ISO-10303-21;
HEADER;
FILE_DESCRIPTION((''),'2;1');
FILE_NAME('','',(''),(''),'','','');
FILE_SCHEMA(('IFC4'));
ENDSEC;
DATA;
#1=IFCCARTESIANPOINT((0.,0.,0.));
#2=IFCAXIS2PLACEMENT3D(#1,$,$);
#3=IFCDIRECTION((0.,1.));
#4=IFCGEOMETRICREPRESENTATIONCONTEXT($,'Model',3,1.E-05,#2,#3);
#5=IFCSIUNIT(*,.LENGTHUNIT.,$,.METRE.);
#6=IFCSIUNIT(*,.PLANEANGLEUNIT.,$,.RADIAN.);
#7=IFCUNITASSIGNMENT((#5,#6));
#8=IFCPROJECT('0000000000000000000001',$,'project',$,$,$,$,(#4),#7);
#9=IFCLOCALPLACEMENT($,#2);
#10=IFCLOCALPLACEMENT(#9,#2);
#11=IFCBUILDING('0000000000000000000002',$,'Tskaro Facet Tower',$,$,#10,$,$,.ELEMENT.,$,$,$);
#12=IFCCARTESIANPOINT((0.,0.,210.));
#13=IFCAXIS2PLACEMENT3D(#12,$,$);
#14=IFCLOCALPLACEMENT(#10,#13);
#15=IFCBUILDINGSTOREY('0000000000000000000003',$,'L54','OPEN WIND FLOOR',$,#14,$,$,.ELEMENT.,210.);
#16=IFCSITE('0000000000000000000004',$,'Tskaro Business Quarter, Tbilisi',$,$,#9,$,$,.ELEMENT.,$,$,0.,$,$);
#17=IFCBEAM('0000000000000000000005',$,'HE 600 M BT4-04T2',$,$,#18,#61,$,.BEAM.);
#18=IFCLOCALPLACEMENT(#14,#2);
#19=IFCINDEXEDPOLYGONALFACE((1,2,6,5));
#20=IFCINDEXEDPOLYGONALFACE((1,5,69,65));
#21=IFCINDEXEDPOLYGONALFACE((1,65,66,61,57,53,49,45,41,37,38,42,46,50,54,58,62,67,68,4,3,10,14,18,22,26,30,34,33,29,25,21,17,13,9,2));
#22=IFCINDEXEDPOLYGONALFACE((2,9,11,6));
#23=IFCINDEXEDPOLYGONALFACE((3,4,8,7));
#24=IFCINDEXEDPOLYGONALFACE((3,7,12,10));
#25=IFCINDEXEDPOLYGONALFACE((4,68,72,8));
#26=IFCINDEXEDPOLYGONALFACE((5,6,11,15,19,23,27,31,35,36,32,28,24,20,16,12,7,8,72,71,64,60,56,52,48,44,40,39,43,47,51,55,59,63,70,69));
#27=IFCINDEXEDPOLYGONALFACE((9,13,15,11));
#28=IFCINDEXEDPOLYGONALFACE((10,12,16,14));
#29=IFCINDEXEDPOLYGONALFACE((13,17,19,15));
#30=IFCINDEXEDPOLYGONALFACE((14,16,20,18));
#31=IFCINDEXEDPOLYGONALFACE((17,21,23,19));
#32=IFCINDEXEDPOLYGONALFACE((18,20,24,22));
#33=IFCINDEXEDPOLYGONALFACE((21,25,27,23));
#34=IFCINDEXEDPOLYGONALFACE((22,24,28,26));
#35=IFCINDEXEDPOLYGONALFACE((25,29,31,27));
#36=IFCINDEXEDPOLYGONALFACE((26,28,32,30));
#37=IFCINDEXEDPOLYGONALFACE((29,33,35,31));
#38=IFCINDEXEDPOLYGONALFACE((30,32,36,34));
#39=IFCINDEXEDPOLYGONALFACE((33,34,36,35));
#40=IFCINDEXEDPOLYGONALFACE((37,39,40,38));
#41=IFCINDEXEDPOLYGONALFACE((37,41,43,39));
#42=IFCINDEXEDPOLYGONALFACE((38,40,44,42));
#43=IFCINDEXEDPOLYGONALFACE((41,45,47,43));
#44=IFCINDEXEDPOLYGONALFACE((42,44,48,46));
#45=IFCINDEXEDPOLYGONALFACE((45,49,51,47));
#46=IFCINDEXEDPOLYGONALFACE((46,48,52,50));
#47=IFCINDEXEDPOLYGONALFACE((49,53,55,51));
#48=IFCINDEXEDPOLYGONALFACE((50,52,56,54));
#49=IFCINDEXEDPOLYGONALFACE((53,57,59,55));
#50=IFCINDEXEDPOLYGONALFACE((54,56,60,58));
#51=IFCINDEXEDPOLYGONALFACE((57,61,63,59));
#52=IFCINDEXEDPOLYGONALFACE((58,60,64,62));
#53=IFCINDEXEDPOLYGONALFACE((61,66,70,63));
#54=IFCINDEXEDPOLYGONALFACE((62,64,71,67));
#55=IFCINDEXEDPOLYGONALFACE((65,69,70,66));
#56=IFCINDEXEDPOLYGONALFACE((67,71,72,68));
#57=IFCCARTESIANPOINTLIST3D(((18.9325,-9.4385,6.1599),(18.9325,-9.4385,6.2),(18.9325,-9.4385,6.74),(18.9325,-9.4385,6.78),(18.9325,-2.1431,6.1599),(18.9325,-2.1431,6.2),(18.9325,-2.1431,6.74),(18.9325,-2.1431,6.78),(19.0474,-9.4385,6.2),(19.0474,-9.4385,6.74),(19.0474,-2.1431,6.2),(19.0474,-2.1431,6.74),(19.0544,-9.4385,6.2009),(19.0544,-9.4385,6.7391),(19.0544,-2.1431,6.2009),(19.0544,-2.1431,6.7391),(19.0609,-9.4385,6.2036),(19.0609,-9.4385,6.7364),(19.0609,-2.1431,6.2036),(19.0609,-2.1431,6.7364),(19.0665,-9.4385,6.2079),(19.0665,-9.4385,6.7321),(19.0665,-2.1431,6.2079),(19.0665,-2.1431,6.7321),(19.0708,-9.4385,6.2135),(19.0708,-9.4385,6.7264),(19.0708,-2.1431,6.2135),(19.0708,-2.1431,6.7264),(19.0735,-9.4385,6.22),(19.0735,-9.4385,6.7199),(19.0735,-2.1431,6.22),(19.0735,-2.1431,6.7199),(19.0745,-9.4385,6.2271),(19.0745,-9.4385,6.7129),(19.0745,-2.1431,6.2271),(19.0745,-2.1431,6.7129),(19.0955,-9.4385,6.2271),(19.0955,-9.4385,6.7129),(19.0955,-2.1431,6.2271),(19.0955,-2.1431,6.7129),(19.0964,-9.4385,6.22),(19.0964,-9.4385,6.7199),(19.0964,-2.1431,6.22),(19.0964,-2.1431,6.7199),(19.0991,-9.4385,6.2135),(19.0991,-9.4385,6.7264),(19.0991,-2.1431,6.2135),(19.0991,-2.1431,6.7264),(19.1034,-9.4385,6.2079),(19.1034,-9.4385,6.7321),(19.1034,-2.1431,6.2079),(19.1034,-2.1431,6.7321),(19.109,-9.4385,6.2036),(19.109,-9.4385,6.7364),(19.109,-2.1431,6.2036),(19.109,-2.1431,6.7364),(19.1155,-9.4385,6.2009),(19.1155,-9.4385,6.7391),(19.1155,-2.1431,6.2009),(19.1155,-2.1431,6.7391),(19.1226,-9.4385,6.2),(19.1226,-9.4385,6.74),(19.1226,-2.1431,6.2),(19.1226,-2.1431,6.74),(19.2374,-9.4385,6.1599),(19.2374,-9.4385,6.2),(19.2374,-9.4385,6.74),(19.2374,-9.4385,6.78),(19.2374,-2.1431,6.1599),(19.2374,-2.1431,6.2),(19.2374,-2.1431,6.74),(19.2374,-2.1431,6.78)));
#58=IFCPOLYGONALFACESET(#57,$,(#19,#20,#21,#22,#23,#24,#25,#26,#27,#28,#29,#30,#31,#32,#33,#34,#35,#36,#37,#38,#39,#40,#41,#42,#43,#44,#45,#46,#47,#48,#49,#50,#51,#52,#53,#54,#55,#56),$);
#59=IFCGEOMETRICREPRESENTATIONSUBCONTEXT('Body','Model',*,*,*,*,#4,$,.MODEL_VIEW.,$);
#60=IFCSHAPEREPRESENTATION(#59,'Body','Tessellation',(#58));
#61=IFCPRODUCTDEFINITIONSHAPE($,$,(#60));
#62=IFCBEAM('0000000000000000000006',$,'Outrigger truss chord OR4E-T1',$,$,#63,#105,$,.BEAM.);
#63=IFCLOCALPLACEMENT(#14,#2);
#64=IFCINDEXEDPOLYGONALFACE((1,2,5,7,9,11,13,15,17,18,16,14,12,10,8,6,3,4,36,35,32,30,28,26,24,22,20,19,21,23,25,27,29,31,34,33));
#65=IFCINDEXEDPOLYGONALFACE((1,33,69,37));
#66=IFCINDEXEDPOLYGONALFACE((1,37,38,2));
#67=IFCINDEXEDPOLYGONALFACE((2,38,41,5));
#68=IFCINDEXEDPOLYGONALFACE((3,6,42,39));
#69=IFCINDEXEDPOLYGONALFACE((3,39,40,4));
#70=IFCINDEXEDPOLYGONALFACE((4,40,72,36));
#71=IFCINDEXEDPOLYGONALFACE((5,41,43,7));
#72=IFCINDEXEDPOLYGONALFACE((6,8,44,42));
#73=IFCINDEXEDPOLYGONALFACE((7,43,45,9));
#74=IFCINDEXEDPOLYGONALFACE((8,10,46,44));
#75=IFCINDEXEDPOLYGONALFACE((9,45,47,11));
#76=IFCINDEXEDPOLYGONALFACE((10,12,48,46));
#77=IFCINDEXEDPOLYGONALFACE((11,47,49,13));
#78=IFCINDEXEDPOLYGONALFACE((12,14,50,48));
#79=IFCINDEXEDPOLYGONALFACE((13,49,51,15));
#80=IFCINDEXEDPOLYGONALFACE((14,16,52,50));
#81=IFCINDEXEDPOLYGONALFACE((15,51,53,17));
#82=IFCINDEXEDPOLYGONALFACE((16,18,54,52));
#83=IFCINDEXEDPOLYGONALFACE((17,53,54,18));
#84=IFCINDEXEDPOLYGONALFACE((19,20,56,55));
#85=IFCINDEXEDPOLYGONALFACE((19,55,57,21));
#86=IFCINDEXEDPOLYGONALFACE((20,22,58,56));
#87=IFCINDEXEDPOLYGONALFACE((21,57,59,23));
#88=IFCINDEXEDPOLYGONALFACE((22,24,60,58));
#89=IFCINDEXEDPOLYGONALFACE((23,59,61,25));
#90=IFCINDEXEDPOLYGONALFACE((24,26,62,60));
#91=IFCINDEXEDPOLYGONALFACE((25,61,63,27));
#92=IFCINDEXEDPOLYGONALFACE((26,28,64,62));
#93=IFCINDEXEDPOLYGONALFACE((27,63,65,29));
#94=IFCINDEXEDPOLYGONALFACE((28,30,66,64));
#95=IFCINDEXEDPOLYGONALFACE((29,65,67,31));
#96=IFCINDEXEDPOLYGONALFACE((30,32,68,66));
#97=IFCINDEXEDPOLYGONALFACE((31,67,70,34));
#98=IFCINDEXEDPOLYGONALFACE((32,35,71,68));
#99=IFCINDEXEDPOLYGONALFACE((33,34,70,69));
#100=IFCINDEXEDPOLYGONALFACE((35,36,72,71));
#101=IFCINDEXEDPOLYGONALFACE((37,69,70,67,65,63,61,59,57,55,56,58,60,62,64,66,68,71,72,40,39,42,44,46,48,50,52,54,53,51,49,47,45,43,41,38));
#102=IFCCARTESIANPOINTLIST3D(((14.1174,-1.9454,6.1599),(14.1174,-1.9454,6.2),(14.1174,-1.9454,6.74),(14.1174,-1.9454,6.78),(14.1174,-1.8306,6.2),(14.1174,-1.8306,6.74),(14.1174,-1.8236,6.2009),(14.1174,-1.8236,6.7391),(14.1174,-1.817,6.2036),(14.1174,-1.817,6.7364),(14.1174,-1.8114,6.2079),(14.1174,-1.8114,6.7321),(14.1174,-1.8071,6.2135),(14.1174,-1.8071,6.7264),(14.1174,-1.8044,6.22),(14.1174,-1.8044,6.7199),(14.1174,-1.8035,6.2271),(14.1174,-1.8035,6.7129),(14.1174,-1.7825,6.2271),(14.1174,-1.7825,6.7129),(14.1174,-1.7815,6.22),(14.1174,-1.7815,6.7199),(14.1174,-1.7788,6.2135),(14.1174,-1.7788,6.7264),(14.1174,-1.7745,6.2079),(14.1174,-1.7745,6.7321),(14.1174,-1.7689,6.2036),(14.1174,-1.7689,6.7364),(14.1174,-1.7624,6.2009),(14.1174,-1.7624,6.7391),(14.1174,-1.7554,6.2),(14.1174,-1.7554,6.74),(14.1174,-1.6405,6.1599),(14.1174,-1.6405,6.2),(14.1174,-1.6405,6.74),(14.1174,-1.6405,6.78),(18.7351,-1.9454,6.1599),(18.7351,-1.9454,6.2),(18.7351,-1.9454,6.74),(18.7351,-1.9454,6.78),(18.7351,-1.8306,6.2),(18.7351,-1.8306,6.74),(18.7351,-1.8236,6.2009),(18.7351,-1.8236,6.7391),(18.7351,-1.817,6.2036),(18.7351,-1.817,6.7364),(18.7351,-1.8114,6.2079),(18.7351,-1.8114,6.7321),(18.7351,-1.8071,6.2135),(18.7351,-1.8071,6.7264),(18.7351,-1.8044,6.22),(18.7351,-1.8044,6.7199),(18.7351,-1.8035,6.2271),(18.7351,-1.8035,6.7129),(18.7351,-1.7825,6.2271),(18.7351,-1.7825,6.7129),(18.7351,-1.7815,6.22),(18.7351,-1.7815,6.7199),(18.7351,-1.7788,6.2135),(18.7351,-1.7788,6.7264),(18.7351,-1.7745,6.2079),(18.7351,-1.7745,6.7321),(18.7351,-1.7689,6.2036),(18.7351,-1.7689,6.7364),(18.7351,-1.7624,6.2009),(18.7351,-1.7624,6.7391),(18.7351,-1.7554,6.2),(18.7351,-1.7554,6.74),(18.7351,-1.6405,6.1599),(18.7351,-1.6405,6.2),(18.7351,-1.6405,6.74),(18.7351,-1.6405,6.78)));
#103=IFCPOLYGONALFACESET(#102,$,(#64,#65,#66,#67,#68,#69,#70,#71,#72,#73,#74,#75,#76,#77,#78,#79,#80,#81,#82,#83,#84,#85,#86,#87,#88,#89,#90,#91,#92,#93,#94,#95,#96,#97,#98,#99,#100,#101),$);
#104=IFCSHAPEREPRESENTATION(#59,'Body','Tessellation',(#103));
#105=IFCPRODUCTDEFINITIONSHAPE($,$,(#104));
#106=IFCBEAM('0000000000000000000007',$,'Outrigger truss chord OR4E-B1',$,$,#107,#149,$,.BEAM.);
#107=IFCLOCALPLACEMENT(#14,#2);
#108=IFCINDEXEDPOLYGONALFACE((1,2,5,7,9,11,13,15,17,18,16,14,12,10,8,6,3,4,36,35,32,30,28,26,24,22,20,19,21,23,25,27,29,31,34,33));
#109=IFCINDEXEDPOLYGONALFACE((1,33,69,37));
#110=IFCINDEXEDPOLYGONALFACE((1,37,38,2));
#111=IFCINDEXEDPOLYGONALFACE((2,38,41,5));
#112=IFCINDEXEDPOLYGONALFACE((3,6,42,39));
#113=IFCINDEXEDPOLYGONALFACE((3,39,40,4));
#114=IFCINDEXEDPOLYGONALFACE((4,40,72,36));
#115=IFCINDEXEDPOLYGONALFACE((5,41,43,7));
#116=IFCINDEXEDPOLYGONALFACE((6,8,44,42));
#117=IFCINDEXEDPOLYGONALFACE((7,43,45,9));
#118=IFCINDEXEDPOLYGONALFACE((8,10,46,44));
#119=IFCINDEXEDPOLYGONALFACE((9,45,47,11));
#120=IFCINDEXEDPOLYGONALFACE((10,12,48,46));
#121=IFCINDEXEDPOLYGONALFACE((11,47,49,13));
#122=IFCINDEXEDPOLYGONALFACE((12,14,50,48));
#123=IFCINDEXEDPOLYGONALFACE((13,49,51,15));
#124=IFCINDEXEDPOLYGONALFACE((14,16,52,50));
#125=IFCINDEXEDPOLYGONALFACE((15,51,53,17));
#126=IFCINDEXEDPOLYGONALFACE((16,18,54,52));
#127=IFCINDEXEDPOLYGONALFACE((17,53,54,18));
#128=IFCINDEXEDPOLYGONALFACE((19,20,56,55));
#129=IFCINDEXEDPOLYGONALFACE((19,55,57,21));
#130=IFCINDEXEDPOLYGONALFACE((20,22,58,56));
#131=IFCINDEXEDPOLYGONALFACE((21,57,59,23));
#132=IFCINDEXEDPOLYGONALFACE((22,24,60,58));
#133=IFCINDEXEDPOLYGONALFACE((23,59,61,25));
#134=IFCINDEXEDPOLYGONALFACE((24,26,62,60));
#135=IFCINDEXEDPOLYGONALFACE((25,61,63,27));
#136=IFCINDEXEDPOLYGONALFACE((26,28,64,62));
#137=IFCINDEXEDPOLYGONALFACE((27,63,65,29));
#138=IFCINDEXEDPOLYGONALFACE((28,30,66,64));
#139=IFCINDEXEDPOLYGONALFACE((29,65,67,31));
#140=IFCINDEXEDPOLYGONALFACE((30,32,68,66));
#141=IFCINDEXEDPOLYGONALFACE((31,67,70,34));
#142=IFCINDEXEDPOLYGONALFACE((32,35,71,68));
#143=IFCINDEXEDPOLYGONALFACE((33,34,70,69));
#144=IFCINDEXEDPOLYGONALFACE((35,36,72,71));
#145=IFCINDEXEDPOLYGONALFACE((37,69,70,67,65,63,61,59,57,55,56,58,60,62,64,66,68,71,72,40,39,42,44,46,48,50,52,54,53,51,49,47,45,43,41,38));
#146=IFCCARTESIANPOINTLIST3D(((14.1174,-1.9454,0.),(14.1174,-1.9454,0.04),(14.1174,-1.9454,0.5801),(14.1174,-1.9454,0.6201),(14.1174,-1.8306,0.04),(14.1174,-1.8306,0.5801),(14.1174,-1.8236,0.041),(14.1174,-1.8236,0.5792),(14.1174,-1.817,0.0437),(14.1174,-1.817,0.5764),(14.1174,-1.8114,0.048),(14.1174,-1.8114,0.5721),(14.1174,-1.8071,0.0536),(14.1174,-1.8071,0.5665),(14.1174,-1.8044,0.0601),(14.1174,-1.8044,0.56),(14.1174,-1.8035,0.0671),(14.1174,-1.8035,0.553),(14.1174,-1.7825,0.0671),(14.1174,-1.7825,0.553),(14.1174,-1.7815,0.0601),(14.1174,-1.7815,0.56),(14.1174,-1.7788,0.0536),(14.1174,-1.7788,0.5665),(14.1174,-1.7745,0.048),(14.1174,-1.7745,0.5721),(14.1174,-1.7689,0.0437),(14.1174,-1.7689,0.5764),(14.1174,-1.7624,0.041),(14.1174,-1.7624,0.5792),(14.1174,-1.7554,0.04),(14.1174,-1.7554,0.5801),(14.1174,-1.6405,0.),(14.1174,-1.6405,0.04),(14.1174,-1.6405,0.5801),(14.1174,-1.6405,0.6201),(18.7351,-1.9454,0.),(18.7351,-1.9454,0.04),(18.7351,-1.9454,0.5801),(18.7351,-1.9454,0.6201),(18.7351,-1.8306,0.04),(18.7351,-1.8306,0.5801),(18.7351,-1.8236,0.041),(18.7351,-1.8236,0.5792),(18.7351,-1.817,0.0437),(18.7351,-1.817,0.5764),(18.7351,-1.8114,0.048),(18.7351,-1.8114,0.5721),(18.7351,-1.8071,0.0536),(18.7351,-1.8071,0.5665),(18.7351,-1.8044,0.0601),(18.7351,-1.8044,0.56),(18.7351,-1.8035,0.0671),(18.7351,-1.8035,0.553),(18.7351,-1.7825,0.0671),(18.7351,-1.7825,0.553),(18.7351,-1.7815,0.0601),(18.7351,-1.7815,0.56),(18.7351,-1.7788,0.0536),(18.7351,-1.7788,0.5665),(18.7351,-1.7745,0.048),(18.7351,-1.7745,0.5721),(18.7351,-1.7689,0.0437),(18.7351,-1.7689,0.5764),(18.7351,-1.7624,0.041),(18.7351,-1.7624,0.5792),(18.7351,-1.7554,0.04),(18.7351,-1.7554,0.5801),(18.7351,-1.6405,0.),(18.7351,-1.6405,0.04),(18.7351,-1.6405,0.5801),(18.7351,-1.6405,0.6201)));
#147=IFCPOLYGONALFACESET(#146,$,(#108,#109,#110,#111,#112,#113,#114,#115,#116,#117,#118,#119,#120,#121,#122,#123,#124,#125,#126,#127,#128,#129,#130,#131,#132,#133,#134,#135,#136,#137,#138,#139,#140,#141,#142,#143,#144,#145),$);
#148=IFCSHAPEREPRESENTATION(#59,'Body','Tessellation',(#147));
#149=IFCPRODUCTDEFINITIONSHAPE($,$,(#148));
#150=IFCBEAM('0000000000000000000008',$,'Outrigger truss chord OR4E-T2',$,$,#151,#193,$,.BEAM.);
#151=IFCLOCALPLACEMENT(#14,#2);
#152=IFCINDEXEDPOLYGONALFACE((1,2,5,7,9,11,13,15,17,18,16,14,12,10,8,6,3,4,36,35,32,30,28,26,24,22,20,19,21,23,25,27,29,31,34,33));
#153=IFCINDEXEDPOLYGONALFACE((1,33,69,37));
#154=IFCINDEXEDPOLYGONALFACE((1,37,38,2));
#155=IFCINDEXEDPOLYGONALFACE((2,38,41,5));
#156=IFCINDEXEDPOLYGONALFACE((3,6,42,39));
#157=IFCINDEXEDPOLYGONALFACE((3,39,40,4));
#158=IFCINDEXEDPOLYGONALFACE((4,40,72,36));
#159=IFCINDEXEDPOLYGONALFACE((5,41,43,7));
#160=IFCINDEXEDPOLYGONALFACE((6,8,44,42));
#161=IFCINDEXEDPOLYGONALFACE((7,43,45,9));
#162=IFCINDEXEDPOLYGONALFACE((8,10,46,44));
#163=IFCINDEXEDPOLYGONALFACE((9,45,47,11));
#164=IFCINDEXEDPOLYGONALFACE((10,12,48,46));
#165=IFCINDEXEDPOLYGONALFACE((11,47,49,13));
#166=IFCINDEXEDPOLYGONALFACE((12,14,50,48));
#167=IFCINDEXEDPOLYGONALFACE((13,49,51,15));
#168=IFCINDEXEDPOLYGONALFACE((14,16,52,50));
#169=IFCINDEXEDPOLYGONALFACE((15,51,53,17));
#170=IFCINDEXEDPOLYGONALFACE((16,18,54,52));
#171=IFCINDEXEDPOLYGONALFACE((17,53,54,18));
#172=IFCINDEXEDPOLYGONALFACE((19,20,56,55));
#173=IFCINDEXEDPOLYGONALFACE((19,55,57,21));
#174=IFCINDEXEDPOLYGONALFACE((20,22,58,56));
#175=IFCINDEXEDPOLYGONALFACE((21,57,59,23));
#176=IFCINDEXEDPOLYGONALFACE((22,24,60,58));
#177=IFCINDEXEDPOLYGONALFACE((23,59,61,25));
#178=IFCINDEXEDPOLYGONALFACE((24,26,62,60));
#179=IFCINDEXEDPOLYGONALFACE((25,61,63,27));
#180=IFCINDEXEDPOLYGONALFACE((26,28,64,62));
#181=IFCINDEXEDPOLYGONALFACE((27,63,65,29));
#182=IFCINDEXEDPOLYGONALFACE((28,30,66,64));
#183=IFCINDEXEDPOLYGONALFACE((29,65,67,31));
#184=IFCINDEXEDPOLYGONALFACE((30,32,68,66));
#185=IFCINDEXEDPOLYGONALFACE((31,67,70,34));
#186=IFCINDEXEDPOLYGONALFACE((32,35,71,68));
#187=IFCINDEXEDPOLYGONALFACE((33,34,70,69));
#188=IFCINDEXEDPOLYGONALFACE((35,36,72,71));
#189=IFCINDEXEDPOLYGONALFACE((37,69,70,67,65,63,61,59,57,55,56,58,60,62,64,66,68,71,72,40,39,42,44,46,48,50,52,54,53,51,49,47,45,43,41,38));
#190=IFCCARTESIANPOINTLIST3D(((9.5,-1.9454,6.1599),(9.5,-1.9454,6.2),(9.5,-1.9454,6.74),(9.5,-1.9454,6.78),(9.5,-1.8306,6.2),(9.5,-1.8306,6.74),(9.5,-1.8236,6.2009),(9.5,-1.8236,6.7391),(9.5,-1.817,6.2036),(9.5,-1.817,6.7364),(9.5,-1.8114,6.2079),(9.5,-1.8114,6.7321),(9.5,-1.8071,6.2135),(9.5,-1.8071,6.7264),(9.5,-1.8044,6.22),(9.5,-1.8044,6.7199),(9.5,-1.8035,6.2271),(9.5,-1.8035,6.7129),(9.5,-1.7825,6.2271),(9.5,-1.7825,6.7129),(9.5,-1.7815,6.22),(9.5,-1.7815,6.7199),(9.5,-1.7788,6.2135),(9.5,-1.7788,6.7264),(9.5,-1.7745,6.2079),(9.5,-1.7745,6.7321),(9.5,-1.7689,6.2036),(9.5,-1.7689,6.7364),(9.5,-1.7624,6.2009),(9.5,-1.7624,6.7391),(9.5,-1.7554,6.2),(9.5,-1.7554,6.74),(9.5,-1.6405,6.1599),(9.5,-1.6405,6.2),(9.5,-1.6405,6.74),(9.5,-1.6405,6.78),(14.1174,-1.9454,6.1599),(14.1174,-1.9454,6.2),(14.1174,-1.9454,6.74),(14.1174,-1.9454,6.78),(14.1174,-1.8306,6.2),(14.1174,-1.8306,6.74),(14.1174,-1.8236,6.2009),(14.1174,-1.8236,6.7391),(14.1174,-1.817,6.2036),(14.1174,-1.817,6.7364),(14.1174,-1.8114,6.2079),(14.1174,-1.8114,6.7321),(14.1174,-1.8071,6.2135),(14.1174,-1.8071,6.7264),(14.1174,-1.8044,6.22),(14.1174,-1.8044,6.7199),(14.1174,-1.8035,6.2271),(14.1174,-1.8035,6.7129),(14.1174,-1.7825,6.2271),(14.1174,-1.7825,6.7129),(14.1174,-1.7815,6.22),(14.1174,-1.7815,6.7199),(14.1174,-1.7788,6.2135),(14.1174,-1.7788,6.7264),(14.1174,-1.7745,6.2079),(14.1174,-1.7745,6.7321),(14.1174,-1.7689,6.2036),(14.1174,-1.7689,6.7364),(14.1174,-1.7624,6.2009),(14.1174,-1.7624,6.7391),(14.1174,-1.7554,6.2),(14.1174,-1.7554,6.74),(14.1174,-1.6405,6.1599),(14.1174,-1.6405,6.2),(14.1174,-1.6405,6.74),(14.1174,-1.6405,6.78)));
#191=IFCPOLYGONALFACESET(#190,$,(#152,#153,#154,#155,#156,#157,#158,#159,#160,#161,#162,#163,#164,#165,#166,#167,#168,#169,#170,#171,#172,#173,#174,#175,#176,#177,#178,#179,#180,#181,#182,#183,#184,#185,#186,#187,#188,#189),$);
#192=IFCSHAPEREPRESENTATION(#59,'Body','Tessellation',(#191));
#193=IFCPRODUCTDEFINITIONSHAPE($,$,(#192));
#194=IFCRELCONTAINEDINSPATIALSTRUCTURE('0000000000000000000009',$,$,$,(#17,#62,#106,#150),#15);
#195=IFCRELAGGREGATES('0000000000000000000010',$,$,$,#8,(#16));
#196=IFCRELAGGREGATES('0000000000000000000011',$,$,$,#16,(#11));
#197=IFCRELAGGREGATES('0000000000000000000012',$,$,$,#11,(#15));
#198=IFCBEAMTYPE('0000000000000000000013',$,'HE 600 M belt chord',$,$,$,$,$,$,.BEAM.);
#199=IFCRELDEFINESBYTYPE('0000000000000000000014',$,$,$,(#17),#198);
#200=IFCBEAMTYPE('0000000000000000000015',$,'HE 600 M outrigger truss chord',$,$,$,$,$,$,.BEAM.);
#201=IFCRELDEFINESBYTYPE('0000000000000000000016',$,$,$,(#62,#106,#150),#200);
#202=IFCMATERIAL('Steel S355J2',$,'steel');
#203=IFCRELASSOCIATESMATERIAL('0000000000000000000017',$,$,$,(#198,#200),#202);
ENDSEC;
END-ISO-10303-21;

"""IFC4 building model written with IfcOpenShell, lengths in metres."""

from ifc_helpers import new_model, si_unit, direction, frame, origin, origin_2d, place, context, subcontext, project, spatial, i_section, extrude, material, material_profile, profile_set, type_object, element, save


model = new_model("IFC4")

# Units and contexts
model_context = context("Model", 3, precision=1e-05, world=origin(), true_north=direction((0.0, 1.0)))
body_context = subcontext(model_context, "Body", "Model", "MODEL_VIEW")
ifc_project = project(units=[si_unit("LENGTHUNIT", "METRE"), si_unit("PLANEANGLEUNIT", "RADIAN")], contexts=[model_context])

# Site, building, storey
site_placement = place(None, origin())
site = spatial("IfcSite", under=ifc_project, at=site_placement, Name="Tskaro Business Quarter, Tbilisi", CompositionType="ELEMENT", RefElevation=0.0)
building_placement = place(site_placement, origin())
building = spatial("IfcBuilding", under=site, at=building_placement, Name="Tskaro Facet Tower", CompositionType="ELEMENT")
storey_placement = place(building_placement, frame((0.0, 0.0, 210.0)))
storey = spatial("IfcBuildingStorey", under=building, at=storey_placement, Name="L54", Description="OPEN WIND FLOOR", CompositionType="ELEMENT", Elevation=210.0)

# Shared definitions
ifc_material_1 = material(Name="Steel S355J2", Category="steel")

# Beams
ifc_material_profile_1 = material_profile(ifc_material_1, i_section(OverallWidth=0.3049, OverallDepth=0.6201, WebThickness=0.021, FlangeThickness=0.04, FilletRadius=0.0271, at=origin_2d()), Name="HE 600 M")
ifc_profile_set_1 = profile_set([ifc_material_profile_1], Name="Steel S355J2")
beam_type_1 = type_object("IfcBeamType", Name="HE 600 M belt chord", PredefinedType="BEAM", material=ifc_profile_set_1)
beam_1_placement = place(storey_placement, frame((19.085, -9.4385, 6.47), z_axis=(0.0, 1.0, 0.0), x_axis=(-1.0, 0.0, 0.0)))
element("IfcBeam", 1, at=beam_1_placement, inside=storey, type_object=beam_type_1, Name="HE 600 M BT4-04T2", PredefinedType="BEAM", context=body_context, shape_type="SweptSolid", body=[
    extrude(i_section(OverallWidth=0.3049, OverallDepth=0.6201, WebThickness=0.021, FlangeThickness=0.04, FilletRadius=0.0271, at=origin_2d()), origin(), (0.0, 0.0, 1.0), 7.2954),
])
ifc_material_profile_2 = material_profile(ifc_material_1, i_section(OverallWidth=0.3049, OverallDepth=0.6201, WebThickness=0.021, FlangeThickness=0.04, FilletRadius=0.0271, at=origin_2d()), Name="HE 600 M")
ifc_profile_set_2 = profile_set([ifc_material_profile_2], Name="Steel S355J2")
beam_type_2 = type_object("IfcBeamType", Name="HE 600 M outrigger truss chord", PredefinedType="BEAM", material=ifc_profile_set_2)
for number, where, z_axis, x_axis, name in (
    (2, (18.7351, -1.793, 6.47), (-1.0, 0.0, 0.0), (0.0, -1.0, 0.0), "Outrigger truss chord OR4E-T1"),
    (3, (18.7351, -1.793, 0.3101), (-1.0, 0.0, 0.0), (0.0, -1.0, 0.0), "Outrigger truss chord OR4E-B1"),
):
    element("IfcBeam", number, at=place(storey_placement, frame(where, z_axis=z_axis, x_axis=x_axis)), inside=storey, type_object=beam_type_2, Name=name, PredefinedType="BEAM", context=body_context, shape_type="SweptSolid", body=[
        extrude(i_section(OverallWidth=0.3049, OverallDepth=0.6201, WebThickness=0.021, FlangeThickness=0.04, FilletRadius=0.0271, at=origin_2d()), origin(), (0.0, 0.0, 1.0), 4.6177),
    ])
for number, where, z_axis, x_axis, name in (
    (4, (14.1174, -1.793, 6.47), (-1.0, 0.0, 0.0), (0.0, -1.0, 0.0), "Outrigger truss chord OR4E-T2"),
):
    element("IfcBeam", number, at=place(storey_placement, frame(where, z_axis=z_axis, x_axis=x_axis)), inside=storey, type_object=beam_type_2, Name=name, PredefinedType="BEAM", context=body_context, shape_type="SweptSolid", body=[
        extrude(i_section(OverallWidth=0.3049, OverallDepth=0.6201, WebThickness=0.021, FlangeThickness=0.04, FilletRadius=0.0271, at=origin_2d()), origin(), (0.0, 0.0, 1.0), 4.6174),
    ])

save(model, "model.ifc")
